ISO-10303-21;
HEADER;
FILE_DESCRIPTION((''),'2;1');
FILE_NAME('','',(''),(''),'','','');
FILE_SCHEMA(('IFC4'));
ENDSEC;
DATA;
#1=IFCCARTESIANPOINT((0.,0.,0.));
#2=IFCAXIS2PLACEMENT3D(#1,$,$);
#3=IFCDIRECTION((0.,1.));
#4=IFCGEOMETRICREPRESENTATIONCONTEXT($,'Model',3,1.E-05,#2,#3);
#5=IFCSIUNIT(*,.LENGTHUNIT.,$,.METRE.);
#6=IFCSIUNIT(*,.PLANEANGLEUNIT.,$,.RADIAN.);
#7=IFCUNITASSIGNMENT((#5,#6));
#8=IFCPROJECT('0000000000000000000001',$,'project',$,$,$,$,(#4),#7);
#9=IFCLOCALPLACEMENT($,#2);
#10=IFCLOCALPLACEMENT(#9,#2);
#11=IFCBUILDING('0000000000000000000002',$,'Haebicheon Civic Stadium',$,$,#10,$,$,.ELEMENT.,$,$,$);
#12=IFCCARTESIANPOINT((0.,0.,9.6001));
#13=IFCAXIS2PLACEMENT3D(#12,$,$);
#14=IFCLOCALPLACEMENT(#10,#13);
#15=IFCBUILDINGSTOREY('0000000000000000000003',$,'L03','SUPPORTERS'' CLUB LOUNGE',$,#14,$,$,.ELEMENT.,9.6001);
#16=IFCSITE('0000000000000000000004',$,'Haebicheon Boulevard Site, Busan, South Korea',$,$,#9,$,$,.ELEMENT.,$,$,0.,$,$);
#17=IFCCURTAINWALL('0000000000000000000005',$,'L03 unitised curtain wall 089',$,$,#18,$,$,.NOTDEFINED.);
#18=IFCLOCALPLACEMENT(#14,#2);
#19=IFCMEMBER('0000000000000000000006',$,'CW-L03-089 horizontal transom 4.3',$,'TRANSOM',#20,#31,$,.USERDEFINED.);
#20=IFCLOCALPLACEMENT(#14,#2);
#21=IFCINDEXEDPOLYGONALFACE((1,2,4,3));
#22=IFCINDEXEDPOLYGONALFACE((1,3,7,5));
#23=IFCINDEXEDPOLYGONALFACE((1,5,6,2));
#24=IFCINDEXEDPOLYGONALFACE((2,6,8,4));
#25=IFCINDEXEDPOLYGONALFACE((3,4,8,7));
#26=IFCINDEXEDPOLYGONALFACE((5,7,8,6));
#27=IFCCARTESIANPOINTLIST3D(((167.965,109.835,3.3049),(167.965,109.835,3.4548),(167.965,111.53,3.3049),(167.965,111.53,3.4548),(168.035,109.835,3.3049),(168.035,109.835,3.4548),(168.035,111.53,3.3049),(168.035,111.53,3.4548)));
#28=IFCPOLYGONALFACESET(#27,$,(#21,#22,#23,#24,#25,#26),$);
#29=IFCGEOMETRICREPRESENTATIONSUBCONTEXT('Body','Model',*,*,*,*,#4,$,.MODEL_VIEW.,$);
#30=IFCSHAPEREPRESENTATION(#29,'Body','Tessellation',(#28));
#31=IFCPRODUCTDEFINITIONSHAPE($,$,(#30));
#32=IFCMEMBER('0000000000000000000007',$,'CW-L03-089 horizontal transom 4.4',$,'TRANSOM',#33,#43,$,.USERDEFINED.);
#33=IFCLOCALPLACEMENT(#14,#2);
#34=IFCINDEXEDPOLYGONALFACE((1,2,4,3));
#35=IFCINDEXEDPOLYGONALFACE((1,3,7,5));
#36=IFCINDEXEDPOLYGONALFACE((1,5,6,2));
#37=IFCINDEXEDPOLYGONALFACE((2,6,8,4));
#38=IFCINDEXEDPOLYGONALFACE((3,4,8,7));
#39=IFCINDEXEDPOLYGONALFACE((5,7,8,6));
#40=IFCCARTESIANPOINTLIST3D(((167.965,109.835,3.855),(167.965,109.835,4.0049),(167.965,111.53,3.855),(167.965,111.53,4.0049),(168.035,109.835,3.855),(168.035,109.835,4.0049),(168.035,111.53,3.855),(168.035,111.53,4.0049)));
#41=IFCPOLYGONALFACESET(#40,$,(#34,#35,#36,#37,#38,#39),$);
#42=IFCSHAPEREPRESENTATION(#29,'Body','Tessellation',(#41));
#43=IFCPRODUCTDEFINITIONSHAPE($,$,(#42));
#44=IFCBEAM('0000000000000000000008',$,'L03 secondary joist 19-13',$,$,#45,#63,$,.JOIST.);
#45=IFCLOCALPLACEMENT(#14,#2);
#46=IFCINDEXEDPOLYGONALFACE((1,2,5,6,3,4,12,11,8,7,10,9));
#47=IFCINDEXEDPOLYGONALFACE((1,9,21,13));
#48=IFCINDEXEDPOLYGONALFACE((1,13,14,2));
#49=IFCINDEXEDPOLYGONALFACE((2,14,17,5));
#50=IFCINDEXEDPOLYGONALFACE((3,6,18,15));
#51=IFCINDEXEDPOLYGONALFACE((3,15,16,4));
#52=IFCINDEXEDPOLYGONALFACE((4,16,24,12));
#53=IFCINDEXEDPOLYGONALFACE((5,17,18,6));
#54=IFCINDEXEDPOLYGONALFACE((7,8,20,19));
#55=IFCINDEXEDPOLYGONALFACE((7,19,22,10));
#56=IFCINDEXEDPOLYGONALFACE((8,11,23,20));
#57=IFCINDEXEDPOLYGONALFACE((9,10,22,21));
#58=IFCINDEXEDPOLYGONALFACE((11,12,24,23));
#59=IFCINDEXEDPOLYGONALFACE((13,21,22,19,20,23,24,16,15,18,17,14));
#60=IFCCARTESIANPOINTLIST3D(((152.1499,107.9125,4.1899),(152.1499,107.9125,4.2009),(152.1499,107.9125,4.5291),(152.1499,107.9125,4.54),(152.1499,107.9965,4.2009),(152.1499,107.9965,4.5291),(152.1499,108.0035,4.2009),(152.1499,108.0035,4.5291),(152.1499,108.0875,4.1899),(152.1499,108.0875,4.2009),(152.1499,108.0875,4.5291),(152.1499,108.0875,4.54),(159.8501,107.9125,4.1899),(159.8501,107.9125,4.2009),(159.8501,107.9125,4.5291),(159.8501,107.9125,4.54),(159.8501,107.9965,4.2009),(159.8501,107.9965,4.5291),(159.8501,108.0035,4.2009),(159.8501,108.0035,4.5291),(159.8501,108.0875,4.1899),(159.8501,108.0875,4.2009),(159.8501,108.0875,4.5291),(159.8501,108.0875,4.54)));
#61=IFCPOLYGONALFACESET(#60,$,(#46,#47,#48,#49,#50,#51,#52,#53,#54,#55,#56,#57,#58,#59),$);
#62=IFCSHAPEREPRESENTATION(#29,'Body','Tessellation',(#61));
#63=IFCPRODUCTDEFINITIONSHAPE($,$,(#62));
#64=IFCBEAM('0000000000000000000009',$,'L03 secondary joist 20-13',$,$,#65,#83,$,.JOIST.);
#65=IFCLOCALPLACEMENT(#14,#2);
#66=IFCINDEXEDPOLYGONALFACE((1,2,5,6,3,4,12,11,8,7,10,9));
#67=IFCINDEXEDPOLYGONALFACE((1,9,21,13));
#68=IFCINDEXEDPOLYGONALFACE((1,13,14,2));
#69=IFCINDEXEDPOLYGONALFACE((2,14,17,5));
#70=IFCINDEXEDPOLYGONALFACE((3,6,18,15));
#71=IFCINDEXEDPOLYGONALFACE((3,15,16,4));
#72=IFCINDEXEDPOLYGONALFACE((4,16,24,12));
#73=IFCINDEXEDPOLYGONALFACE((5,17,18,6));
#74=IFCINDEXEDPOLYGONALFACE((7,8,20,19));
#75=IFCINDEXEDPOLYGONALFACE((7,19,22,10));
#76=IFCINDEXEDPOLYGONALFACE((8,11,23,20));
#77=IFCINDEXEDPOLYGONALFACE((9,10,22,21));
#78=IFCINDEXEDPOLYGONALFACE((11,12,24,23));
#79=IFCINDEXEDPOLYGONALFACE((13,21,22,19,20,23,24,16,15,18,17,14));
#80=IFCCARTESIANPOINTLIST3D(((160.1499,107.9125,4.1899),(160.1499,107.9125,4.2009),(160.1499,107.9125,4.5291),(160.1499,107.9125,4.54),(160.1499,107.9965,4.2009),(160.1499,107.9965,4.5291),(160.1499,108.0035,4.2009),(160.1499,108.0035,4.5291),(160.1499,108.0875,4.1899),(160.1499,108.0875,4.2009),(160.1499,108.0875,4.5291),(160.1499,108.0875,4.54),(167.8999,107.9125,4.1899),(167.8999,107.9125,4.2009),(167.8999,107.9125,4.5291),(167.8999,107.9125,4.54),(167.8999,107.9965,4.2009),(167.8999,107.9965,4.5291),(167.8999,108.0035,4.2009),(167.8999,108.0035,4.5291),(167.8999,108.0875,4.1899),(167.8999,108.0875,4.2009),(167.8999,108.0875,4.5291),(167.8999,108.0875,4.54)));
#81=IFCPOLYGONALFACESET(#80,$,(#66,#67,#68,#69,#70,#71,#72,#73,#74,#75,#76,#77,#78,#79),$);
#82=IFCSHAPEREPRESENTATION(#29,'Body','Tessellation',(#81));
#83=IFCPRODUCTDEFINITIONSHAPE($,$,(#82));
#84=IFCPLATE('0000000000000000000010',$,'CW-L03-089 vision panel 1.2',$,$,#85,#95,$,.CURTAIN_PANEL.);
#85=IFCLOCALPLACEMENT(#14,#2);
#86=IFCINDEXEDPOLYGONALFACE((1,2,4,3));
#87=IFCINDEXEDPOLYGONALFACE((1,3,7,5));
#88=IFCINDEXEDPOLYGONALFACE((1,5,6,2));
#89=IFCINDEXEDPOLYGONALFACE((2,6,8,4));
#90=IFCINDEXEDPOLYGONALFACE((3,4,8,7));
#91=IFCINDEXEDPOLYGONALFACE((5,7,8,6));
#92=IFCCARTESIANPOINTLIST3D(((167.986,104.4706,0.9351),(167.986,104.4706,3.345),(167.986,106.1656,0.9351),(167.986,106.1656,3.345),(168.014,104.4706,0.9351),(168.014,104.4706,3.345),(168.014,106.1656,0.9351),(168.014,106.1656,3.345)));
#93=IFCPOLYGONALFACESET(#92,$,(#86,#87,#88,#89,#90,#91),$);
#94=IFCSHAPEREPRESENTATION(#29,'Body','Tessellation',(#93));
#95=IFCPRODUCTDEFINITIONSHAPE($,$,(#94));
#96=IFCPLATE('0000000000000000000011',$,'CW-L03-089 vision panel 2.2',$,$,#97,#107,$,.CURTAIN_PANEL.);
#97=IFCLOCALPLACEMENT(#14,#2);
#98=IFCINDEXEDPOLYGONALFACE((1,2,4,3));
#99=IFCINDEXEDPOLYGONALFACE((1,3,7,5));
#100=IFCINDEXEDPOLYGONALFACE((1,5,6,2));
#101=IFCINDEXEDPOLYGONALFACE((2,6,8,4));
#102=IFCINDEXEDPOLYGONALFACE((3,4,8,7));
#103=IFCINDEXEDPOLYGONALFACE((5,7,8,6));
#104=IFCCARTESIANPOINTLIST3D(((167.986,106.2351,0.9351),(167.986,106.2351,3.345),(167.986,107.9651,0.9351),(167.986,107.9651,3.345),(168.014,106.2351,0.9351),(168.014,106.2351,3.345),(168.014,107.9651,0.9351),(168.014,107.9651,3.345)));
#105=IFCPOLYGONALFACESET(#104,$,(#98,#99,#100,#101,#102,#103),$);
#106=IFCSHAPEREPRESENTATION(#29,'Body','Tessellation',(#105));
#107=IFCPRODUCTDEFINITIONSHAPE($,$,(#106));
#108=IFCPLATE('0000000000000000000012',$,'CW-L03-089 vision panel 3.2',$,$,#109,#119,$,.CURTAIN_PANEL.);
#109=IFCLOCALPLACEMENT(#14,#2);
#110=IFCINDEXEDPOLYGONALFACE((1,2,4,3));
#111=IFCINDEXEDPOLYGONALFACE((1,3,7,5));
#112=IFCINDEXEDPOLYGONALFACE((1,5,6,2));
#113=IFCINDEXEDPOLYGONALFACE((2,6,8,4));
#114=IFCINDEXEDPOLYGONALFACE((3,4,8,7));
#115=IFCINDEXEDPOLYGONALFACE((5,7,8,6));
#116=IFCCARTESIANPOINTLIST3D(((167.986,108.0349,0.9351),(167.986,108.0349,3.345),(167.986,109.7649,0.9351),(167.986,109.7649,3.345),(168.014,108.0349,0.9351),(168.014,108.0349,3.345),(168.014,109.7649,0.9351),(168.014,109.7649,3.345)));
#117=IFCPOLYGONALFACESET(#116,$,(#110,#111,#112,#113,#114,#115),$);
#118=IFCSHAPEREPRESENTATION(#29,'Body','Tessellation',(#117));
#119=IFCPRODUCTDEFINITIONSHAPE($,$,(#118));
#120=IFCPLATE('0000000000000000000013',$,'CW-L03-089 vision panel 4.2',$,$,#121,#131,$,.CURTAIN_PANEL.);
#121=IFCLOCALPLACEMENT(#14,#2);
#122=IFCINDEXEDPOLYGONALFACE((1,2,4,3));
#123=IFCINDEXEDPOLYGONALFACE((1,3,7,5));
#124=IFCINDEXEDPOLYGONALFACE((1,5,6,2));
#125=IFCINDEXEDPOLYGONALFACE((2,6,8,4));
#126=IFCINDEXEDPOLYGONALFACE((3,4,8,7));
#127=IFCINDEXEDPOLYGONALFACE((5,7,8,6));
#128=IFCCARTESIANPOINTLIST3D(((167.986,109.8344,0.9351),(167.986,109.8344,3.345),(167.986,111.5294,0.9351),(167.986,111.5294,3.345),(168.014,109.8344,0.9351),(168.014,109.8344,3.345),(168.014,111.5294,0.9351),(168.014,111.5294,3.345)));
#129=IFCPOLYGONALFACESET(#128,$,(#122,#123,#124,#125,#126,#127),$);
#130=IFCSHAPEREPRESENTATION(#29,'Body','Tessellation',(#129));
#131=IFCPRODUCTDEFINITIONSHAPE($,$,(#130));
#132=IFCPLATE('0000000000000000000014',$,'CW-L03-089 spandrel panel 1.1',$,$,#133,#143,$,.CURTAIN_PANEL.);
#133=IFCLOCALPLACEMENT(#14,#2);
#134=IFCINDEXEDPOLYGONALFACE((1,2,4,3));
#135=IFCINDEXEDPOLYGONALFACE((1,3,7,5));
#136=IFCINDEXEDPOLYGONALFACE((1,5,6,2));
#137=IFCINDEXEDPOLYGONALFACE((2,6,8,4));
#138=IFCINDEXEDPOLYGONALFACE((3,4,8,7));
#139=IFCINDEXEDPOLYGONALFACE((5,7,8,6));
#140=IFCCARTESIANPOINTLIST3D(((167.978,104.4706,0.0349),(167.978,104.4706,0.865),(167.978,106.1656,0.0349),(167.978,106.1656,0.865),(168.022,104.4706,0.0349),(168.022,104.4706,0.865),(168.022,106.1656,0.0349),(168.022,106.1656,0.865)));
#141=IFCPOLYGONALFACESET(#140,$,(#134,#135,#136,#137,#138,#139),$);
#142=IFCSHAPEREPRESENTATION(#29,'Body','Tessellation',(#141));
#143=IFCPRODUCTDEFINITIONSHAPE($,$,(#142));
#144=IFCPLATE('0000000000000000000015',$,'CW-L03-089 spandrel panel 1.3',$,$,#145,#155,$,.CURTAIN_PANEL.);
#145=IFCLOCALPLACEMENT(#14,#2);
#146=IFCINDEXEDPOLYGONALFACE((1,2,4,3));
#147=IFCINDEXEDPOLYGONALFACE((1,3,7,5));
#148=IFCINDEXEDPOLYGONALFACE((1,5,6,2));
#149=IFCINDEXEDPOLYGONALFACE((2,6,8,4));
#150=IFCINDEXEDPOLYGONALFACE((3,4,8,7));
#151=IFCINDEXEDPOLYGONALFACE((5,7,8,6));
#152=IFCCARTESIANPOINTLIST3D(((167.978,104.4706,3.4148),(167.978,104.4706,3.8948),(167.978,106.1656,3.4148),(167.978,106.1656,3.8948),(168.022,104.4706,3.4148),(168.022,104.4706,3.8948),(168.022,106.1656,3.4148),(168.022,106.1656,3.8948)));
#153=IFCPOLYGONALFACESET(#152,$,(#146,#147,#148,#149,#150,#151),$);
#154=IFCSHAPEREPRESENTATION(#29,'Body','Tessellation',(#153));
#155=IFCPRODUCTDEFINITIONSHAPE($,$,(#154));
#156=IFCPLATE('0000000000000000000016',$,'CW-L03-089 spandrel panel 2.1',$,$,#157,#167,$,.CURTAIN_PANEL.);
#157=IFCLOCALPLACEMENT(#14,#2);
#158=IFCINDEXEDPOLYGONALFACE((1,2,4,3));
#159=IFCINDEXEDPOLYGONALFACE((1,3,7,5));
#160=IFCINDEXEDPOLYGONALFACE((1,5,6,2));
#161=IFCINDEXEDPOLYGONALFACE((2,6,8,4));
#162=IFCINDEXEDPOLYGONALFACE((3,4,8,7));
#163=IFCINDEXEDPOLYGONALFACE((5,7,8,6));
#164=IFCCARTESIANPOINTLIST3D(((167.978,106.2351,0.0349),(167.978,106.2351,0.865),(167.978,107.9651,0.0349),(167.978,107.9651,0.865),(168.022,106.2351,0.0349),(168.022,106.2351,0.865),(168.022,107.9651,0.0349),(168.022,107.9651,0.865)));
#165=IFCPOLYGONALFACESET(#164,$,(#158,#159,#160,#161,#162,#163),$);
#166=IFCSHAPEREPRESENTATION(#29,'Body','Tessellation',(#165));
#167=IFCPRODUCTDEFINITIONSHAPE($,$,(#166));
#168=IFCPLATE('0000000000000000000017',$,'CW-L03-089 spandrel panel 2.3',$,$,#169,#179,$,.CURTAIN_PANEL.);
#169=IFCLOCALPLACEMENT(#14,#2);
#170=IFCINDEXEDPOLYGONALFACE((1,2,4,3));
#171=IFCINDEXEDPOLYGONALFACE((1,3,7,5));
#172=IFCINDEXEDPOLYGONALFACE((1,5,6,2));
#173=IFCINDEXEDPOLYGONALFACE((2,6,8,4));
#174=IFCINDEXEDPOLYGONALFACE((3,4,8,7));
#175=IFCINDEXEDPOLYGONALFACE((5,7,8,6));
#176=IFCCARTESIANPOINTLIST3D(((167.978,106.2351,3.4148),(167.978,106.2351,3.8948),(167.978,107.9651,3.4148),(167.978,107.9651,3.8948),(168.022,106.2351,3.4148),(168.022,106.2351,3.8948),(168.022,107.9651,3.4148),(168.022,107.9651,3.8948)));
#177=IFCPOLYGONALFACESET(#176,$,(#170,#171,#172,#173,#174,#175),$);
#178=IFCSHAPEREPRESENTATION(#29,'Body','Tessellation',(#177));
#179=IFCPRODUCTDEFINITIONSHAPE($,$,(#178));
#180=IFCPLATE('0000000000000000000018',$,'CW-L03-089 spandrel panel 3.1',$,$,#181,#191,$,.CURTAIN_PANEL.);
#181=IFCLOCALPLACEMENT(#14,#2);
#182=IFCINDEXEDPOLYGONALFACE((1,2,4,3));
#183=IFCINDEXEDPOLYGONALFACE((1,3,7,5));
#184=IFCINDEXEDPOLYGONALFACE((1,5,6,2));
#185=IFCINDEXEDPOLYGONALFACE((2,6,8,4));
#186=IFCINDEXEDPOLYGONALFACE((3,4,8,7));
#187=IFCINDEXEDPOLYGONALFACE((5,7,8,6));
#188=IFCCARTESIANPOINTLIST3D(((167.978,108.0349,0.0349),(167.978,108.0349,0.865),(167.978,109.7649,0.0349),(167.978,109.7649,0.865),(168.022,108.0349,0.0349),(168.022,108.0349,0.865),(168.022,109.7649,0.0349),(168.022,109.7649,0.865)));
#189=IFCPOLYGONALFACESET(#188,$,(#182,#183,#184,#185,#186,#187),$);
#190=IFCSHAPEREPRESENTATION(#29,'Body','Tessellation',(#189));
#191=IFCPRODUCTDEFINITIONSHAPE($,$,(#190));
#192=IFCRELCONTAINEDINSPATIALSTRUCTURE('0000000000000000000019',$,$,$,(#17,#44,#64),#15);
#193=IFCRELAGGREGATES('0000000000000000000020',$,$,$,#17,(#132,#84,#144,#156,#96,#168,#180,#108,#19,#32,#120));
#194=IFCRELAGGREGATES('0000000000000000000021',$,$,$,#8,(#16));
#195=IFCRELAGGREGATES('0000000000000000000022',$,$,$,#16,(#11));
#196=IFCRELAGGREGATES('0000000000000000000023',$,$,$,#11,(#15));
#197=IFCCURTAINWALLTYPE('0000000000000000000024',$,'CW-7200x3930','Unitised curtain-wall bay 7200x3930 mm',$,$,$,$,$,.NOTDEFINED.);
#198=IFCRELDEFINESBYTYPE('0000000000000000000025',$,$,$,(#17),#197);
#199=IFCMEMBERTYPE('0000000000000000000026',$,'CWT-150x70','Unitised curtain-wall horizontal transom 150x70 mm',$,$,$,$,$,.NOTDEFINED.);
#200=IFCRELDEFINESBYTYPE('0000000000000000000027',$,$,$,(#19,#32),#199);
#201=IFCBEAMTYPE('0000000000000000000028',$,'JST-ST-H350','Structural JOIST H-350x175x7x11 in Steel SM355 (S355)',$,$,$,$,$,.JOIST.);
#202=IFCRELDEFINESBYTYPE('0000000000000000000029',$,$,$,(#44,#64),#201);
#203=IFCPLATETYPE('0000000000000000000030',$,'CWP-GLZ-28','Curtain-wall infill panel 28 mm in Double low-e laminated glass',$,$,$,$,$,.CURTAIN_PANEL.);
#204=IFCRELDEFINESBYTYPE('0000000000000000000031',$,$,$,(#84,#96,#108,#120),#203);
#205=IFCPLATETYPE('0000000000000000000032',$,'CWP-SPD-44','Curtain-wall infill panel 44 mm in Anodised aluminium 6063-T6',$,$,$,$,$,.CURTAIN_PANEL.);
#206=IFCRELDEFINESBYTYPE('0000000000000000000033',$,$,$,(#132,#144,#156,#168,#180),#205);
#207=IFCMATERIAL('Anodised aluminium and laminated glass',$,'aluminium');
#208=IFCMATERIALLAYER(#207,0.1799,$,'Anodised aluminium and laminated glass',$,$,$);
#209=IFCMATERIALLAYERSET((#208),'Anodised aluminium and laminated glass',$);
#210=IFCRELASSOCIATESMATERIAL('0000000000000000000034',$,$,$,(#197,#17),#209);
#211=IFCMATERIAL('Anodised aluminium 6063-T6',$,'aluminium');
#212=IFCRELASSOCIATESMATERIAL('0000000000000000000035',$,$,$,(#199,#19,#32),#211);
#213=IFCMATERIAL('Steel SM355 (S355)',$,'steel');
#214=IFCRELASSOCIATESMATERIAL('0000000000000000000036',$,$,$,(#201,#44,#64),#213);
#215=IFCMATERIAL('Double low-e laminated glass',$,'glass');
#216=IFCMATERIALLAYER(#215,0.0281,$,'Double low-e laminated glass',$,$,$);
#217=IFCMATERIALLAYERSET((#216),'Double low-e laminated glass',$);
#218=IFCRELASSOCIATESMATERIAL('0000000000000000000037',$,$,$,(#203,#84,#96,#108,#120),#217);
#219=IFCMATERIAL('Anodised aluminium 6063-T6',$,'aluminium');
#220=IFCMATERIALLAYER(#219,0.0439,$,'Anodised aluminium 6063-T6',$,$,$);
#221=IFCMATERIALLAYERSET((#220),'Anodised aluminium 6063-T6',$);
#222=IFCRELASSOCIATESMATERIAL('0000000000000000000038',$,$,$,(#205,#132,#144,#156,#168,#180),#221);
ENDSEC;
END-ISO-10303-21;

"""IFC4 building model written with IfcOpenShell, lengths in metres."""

from ifc_helpers import new_model, si_unit, direction, frame, origin, origin_2d, place, context, subcontext, project, spatial, rectangle, i_section, extrude, material, layer, layer_set, material_profile, profile_set, type_object, element, aggregate, save


model = new_model("IFC4")

# Units and contexts
model_context = context("Model", 3, precision=1e-05, world=origin(), true_north=direction((0.0, 1.0)))
body_context = subcontext(model_context, "Body", "Model", "MODEL_VIEW")
ifc_project = project(units=[si_unit("LENGTHUNIT", "METRE"), si_unit("PLANEANGLEUNIT", "RADIAN")], contexts=[model_context])

# Site, building, storey
site_placement = place(None, origin())
site = spatial("IfcSite", under=ifc_project, at=site_placement, Name="Haebicheon Boulevard Site, Busan, South Korea", CompositionType="ELEMENT", RefElevation=0.0)
building_placement = place(site_placement, origin())
building = spatial("IfcBuilding", under=site, at=building_placement, Name="Haebicheon Civic Stadium", CompositionType="ELEMENT")
storey_placement = place(building_placement, frame((0.0, 0.0, 9.6001)))
storey = spatial("IfcBuildingStorey", under=building, at=storey_placement, Name="L03", Description="SUPPORTERS' CLUB LOUNGE", CompositionType="ELEMENT", Elevation=9.6001)

# Curtain wall, members
ifc_material_1 = material(Name="Anodised aluminium and laminated glass", Category="aluminium")
ifc_layer_1 = layer(ifc_material_1, 0.1799, Name="Anodised aluminium and laminated glass")
ifc_layer_set_1 = layer_set([ifc_layer_1], Name="Anodised aluminium and laminated glass")
curtain_wall_type = type_object("IfcCurtainWallType", Name="CW-7200x3930", Description="Unitised curtain-wall bay 7200x3930 mm", PredefinedType="NOTDEFINED", material=ifc_layer_set_1)
curtain_wall_placement = place(storey_placement, origin())
curtain_wall = element("IfcCurtainWall", 1, at=curtain_wall_placement, inside=storey, type_object=curtain_wall_type, material=ifc_layer_set_1, Name="L03 unitised curtain wall 089", PredefinedType="NOTDEFINED")
ifc_material_2 = material(Name="Anodised aluminium 6063-T6", Category="aluminium")
ifc_material_profile_1 = material_profile(ifc_material_2, rectangle(XDim=0.0701, YDim=0.1499, at=origin_2d()), Name="ALU-TRAN-70x150")
ifc_profile_set_1 = profile_set([ifc_material_profile_1], Name="Anodised aluminium 6063-T6")
member_type_1 = type_object("IfcMemberType", Name="CWT-150x70", Description="Unitised curtain-wall horizontal transom 150x70 mm", PredefinedType="NOTDEFINED", material=ifc_profile_set_1)
member_1_placement = place(storey_placement, frame((168.0, 109.835, 3.3799), z_axis=(0.0, 1.0, 0.0), x_axis=(-1.0, 0.0, 0.0)))
member_1 = element("IfcMember", 2, at=member_1_placement, type_object=member_type_1, material=ifc_profile_set_1, Name="CW-L03-089 horizontal transom 4.3", ObjectType="TRANSOM", PredefinedType="USERDEFINED", context=body_context, shape_type="SweptSolid", body=[
    extrude(rectangle(XDim=0.0701, YDim=0.1499, at=origin_2d()), origin(), (0.0, 0.0, 1.0), 1.6951),
])
member_2_placement = place(storey_placement, frame((168.0, 109.835, 3.9299), z_axis=(0.0, 1.0, 0.0), x_axis=(-1.0, 0.0, 0.0)))
member_2 = element("IfcMember", 3, at=member_2_placement, type_object=member_type_1, material=ifc_profile_set_1, Name="CW-L03-089 horizontal transom 4.4", ObjectType="TRANSOM", PredefinedType="USERDEFINED", context=body_context, shape_type="SweptSolid", body=[
    extrude(rectangle(XDim=0.0701, YDim=0.1499, at=origin_2d()), origin(), (0.0, 0.0, 1.0), 1.6951),
])

# Beams
ifc_material_3 = material(Name="Steel SM355 (S355)", Category="steel")
ifc_material_profile_2 = material_profile(ifc_material_3, i_section(OverallWidth=0.175, OverallDepth=0.3501, WebThickness=0.0071, FlangeThickness=0.011, at=origin_2d()), Name="H-350x175x7x11")
ifc_profile_set_2 = profile_set([ifc_material_profile_2], Name="Steel SM355 (S355)")
beam_type = type_object("IfcBeamType", Name="JST-ST-H350", Description="Structural JOIST H-350x175x7x11 in Steel SM355 (S355)", PredefinedType="JOIST", material=ifc_profile_set_2)
beam_1_placement = place(storey_placement, frame((152.1499, 108.0, 4.365), z_axis=(1.0, 0.0, 0.0), x_axis=(0.0, 1.0, 0.0)))
element("IfcBeam", 4, at=beam_1_placement, inside=storey, type_object=beam_type, material=ifc_profile_set_2, Name="L03 secondary joist 19-13", PredefinedType="JOIST", context=body_context, shape_type="SweptSolid", body=[
    extrude(i_section(OverallWidth=0.175, OverallDepth=0.3501, WebThickness=0.0071, FlangeThickness=0.011, at=origin_2d()), origin(), (0.0, 0.0, 1.0), 7.7002),
])
beam_2_placement = place(storey_placement, frame((160.1499, 108.0, 4.365), z_axis=(1.0, 0.0, 0.0), x_axis=(0.0, 1.0, 0.0)))
element("IfcBeam", 5, at=beam_2_placement, inside=storey, type_object=beam_type, material=ifc_profile_set_2, Name="L03 secondary joist 20-13", PredefinedType="JOIST", context=body_context, shape_type="SweptSolid", body=[
    extrude(i_section(OverallWidth=0.175, OverallDepth=0.3501, WebThickness=0.0071, FlangeThickness=0.011, at=origin_2d()), origin(), (0.0, 0.0, 1.0), 7.75),
])

# Plates
ifc_material_4 = material(Name="Double low-e laminated glass", Category="glass")
ifc_layer_2 = layer(ifc_material_4, 0.0281, Name="Double low-e laminated glass")
ifc_layer_set_2 = layer_set([ifc_layer_2], Name="Double low-e laminated glass")
plate_type_1 = type_object("IfcPlateType", Name="CWP-GLZ-28", Description="Curtain-wall infill panel 28 mm in Double low-e laminated glass", PredefinedType="CURTAIN_PANEL", material=ifc_layer_set_2)
plate_1_placement = place(storey_placement, frame((168.0, 105.3181, 0.9351), z_axis=(0.0, 0.0, 1.0), x_axis=(0.0, 1.0, 0.0)))
plate_1 = element("IfcPlate", 6, at=plate_1_placement, type_object=plate_type_1, material=ifc_layer_set_2, Name="CW-L03-089 vision panel 1.2", PredefinedType="CURTAIN_PANEL", context=body_context, shape_type="SweptSolid", body=[
    extrude(rectangle(XDim=1.6951, YDim=0.0281, at=origin_2d()), origin(), (0.0, 0.0, 1.0), 2.4099),
])
plate_2_placement = place(storey_placement, frame((168.0, 107.1001, 0.9351), z_axis=(0.0, 0.0, 1.0), x_axis=(0.0, 1.0, 0.0)))
plate_2 = element("IfcPlate", 7, at=plate_2_placement, type_object=plate_type_1, material=ifc_layer_set_2, Name="CW-L03-089 vision panel 2.2", PredefinedType="CURTAIN_PANEL", context=body_context, shape_type="SweptSolid", body=[
    extrude(rectangle(XDim=1.73, YDim=0.0281, at=origin_2d()), origin(), (0.0, 0.0, 1.0), 2.4099),
])
plate_3_placement = place(storey_placement, frame((168.0, 108.8999, 0.9351), z_axis=(0.0, 0.0, 1.0), x_axis=(0.0, 1.0, 0.0)))
plate_3 = element("IfcPlate", 8, at=plate_3_placement, type_object=plate_type_1, material=ifc_layer_set_2, Name="CW-L03-089 vision panel 3.2", PredefinedType="CURTAIN_PANEL", context=body_context, shape_type="SweptSolid", body=[
    extrude(rectangle(XDim=1.73, YDim=0.0281, at=origin_2d()), origin(), (0.0, 0.0, 1.0), 2.4099),
])
plate_4_placement = place(storey_placement, frame((168.0, 110.6819, 0.9351), z_axis=(0.0, 0.0, 1.0), x_axis=(0.0, 1.0, 0.0)))
plate_4 = element("IfcPlate", 9, at=plate_4_placement, type_object=plate_type_1, material=ifc_layer_set_2, Name="CW-L03-089 vision panel 4.2", PredefinedType="CURTAIN_PANEL", context=body_context, shape_type="SweptSolid", body=[
    extrude(rectangle(XDim=1.6951, YDim=0.0281, at=origin_2d()), origin(), (0.0, 0.0, 1.0), 2.4099),
])
ifc_material_5 = material(Name="Anodised aluminium 6063-T6", Category="aluminium")
ifc_layer_3 = layer(ifc_material_5, 0.0439, Name="Anodised aluminium 6063-T6")
ifc_layer_set_3 = layer_set([ifc_layer_3], Name="Anodised aluminium 6063-T6")
plate_type_2 = type_object("IfcPlateType", Name="CWP-SPD-44", Description="Curtain-wall infill panel 44 mm in Anodised aluminium 6063-T6", PredefinedType="CURTAIN_PANEL", material=ifc_layer_set_3)
plate_5_placement = place(storey_placement, frame((168.0, 105.3181, 0.0349), z_axis=(0.0, 0.0, 1.0), x_axis=(0.0, 1.0, 0.0)))
plate_5 = element("IfcPlate", 10, at=plate_5_placement, type_object=plate_type_2, material=ifc_layer_set_3, Name="CW-L03-089 spandrel panel 1.1", PredefinedType="CURTAIN_PANEL", context=body_context, shape_type="SweptSolid", body=[
    extrude(rectangle(XDim=1.6951, YDim=0.0439, at=origin_2d()), origin(), (0.0, 0.0, 1.0), 0.8301),
])
plate_6_placement = place(storey_placement, frame((168.0, 105.3181, 3.4148), z_axis=(0.0, 0.0, 1.0), x_axis=(0.0, 1.0, 0.0)))
plate_6 = element("IfcPlate", 11, at=plate_6_placement, type_object=plate_type_2, material=ifc_layer_set_3, Name="CW-L03-089 spandrel panel 1.3", PredefinedType="CURTAIN_PANEL", context=body_context, shape_type="SweptSolid", body=[
    extrude(rectangle(XDim=1.6951, YDim=0.0439, at=origin_2d()), origin(), (0.0, 0.0, 1.0), 0.48),
])
plate_7_placement = place(storey_placement, frame((168.0, 107.1001, 0.0349), z_axis=(0.0, 0.0, 1.0), x_axis=(0.0, 1.0, 0.0)))
plate_7 = element("IfcPlate", 12, at=plate_7_placement, type_object=plate_type_2, material=ifc_layer_set_3, Name="CW-L03-089 spandrel panel 2.1", PredefinedType="CURTAIN_PANEL", context=body_context, shape_type="SweptSolid", body=[
    extrude(rectangle(XDim=1.73, YDim=0.0439, at=origin_2d()), origin(), (0.0, 0.0, 1.0), 0.8301),
])
plate_8_placement = place(storey_placement, frame((168.0, 107.1001, 3.4148), z_axis=(0.0, 0.0, 1.0), x_axis=(0.0, 1.0, 0.0)))
plate_8 = element("IfcPlate", 13, at=plate_8_placement, type_object=plate_type_2, material=ifc_layer_set_3, Name="CW-L03-089 spandrel panel 2.3", PredefinedType="CURTAIN_PANEL", context=body_context, shape_type="SweptSolid", body=[
    extrude(rectangle(XDim=1.73, YDim=0.0439, at=origin_2d()), origin(), (0.0, 0.0, 1.0), 0.48),
])
plate_9_placement = place(storey_placement, frame((168.0, 108.8999, 0.0349), z_axis=(0.0, 0.0, 1.0), x_axis=(0.0, 1.0, 0.0)))
plate_9 = element("IfcPlate", 14, at=plate_9_placement, type_object=plate_type_2, material=ifc_layer_set_3, Name="CW-L03-089 spandrel panel 3.1", PredefinedType="CURTAIN_PANEL", context=body_context, shape_type="SweptSolid", body=[
    extrude(rectangle(XDim=1.73, YDim=0.0439, at=origin_2d()), origin(), (0.0, 0.0, 1.0), 0.8301),
])
aggregate(curtain_wall, [plate_5, plate_1, plate_6, plate_7, plate_2, plate_8, plate_9, plate_3, member_1, member_2, plate_4])

save(model, "model.ifc")
